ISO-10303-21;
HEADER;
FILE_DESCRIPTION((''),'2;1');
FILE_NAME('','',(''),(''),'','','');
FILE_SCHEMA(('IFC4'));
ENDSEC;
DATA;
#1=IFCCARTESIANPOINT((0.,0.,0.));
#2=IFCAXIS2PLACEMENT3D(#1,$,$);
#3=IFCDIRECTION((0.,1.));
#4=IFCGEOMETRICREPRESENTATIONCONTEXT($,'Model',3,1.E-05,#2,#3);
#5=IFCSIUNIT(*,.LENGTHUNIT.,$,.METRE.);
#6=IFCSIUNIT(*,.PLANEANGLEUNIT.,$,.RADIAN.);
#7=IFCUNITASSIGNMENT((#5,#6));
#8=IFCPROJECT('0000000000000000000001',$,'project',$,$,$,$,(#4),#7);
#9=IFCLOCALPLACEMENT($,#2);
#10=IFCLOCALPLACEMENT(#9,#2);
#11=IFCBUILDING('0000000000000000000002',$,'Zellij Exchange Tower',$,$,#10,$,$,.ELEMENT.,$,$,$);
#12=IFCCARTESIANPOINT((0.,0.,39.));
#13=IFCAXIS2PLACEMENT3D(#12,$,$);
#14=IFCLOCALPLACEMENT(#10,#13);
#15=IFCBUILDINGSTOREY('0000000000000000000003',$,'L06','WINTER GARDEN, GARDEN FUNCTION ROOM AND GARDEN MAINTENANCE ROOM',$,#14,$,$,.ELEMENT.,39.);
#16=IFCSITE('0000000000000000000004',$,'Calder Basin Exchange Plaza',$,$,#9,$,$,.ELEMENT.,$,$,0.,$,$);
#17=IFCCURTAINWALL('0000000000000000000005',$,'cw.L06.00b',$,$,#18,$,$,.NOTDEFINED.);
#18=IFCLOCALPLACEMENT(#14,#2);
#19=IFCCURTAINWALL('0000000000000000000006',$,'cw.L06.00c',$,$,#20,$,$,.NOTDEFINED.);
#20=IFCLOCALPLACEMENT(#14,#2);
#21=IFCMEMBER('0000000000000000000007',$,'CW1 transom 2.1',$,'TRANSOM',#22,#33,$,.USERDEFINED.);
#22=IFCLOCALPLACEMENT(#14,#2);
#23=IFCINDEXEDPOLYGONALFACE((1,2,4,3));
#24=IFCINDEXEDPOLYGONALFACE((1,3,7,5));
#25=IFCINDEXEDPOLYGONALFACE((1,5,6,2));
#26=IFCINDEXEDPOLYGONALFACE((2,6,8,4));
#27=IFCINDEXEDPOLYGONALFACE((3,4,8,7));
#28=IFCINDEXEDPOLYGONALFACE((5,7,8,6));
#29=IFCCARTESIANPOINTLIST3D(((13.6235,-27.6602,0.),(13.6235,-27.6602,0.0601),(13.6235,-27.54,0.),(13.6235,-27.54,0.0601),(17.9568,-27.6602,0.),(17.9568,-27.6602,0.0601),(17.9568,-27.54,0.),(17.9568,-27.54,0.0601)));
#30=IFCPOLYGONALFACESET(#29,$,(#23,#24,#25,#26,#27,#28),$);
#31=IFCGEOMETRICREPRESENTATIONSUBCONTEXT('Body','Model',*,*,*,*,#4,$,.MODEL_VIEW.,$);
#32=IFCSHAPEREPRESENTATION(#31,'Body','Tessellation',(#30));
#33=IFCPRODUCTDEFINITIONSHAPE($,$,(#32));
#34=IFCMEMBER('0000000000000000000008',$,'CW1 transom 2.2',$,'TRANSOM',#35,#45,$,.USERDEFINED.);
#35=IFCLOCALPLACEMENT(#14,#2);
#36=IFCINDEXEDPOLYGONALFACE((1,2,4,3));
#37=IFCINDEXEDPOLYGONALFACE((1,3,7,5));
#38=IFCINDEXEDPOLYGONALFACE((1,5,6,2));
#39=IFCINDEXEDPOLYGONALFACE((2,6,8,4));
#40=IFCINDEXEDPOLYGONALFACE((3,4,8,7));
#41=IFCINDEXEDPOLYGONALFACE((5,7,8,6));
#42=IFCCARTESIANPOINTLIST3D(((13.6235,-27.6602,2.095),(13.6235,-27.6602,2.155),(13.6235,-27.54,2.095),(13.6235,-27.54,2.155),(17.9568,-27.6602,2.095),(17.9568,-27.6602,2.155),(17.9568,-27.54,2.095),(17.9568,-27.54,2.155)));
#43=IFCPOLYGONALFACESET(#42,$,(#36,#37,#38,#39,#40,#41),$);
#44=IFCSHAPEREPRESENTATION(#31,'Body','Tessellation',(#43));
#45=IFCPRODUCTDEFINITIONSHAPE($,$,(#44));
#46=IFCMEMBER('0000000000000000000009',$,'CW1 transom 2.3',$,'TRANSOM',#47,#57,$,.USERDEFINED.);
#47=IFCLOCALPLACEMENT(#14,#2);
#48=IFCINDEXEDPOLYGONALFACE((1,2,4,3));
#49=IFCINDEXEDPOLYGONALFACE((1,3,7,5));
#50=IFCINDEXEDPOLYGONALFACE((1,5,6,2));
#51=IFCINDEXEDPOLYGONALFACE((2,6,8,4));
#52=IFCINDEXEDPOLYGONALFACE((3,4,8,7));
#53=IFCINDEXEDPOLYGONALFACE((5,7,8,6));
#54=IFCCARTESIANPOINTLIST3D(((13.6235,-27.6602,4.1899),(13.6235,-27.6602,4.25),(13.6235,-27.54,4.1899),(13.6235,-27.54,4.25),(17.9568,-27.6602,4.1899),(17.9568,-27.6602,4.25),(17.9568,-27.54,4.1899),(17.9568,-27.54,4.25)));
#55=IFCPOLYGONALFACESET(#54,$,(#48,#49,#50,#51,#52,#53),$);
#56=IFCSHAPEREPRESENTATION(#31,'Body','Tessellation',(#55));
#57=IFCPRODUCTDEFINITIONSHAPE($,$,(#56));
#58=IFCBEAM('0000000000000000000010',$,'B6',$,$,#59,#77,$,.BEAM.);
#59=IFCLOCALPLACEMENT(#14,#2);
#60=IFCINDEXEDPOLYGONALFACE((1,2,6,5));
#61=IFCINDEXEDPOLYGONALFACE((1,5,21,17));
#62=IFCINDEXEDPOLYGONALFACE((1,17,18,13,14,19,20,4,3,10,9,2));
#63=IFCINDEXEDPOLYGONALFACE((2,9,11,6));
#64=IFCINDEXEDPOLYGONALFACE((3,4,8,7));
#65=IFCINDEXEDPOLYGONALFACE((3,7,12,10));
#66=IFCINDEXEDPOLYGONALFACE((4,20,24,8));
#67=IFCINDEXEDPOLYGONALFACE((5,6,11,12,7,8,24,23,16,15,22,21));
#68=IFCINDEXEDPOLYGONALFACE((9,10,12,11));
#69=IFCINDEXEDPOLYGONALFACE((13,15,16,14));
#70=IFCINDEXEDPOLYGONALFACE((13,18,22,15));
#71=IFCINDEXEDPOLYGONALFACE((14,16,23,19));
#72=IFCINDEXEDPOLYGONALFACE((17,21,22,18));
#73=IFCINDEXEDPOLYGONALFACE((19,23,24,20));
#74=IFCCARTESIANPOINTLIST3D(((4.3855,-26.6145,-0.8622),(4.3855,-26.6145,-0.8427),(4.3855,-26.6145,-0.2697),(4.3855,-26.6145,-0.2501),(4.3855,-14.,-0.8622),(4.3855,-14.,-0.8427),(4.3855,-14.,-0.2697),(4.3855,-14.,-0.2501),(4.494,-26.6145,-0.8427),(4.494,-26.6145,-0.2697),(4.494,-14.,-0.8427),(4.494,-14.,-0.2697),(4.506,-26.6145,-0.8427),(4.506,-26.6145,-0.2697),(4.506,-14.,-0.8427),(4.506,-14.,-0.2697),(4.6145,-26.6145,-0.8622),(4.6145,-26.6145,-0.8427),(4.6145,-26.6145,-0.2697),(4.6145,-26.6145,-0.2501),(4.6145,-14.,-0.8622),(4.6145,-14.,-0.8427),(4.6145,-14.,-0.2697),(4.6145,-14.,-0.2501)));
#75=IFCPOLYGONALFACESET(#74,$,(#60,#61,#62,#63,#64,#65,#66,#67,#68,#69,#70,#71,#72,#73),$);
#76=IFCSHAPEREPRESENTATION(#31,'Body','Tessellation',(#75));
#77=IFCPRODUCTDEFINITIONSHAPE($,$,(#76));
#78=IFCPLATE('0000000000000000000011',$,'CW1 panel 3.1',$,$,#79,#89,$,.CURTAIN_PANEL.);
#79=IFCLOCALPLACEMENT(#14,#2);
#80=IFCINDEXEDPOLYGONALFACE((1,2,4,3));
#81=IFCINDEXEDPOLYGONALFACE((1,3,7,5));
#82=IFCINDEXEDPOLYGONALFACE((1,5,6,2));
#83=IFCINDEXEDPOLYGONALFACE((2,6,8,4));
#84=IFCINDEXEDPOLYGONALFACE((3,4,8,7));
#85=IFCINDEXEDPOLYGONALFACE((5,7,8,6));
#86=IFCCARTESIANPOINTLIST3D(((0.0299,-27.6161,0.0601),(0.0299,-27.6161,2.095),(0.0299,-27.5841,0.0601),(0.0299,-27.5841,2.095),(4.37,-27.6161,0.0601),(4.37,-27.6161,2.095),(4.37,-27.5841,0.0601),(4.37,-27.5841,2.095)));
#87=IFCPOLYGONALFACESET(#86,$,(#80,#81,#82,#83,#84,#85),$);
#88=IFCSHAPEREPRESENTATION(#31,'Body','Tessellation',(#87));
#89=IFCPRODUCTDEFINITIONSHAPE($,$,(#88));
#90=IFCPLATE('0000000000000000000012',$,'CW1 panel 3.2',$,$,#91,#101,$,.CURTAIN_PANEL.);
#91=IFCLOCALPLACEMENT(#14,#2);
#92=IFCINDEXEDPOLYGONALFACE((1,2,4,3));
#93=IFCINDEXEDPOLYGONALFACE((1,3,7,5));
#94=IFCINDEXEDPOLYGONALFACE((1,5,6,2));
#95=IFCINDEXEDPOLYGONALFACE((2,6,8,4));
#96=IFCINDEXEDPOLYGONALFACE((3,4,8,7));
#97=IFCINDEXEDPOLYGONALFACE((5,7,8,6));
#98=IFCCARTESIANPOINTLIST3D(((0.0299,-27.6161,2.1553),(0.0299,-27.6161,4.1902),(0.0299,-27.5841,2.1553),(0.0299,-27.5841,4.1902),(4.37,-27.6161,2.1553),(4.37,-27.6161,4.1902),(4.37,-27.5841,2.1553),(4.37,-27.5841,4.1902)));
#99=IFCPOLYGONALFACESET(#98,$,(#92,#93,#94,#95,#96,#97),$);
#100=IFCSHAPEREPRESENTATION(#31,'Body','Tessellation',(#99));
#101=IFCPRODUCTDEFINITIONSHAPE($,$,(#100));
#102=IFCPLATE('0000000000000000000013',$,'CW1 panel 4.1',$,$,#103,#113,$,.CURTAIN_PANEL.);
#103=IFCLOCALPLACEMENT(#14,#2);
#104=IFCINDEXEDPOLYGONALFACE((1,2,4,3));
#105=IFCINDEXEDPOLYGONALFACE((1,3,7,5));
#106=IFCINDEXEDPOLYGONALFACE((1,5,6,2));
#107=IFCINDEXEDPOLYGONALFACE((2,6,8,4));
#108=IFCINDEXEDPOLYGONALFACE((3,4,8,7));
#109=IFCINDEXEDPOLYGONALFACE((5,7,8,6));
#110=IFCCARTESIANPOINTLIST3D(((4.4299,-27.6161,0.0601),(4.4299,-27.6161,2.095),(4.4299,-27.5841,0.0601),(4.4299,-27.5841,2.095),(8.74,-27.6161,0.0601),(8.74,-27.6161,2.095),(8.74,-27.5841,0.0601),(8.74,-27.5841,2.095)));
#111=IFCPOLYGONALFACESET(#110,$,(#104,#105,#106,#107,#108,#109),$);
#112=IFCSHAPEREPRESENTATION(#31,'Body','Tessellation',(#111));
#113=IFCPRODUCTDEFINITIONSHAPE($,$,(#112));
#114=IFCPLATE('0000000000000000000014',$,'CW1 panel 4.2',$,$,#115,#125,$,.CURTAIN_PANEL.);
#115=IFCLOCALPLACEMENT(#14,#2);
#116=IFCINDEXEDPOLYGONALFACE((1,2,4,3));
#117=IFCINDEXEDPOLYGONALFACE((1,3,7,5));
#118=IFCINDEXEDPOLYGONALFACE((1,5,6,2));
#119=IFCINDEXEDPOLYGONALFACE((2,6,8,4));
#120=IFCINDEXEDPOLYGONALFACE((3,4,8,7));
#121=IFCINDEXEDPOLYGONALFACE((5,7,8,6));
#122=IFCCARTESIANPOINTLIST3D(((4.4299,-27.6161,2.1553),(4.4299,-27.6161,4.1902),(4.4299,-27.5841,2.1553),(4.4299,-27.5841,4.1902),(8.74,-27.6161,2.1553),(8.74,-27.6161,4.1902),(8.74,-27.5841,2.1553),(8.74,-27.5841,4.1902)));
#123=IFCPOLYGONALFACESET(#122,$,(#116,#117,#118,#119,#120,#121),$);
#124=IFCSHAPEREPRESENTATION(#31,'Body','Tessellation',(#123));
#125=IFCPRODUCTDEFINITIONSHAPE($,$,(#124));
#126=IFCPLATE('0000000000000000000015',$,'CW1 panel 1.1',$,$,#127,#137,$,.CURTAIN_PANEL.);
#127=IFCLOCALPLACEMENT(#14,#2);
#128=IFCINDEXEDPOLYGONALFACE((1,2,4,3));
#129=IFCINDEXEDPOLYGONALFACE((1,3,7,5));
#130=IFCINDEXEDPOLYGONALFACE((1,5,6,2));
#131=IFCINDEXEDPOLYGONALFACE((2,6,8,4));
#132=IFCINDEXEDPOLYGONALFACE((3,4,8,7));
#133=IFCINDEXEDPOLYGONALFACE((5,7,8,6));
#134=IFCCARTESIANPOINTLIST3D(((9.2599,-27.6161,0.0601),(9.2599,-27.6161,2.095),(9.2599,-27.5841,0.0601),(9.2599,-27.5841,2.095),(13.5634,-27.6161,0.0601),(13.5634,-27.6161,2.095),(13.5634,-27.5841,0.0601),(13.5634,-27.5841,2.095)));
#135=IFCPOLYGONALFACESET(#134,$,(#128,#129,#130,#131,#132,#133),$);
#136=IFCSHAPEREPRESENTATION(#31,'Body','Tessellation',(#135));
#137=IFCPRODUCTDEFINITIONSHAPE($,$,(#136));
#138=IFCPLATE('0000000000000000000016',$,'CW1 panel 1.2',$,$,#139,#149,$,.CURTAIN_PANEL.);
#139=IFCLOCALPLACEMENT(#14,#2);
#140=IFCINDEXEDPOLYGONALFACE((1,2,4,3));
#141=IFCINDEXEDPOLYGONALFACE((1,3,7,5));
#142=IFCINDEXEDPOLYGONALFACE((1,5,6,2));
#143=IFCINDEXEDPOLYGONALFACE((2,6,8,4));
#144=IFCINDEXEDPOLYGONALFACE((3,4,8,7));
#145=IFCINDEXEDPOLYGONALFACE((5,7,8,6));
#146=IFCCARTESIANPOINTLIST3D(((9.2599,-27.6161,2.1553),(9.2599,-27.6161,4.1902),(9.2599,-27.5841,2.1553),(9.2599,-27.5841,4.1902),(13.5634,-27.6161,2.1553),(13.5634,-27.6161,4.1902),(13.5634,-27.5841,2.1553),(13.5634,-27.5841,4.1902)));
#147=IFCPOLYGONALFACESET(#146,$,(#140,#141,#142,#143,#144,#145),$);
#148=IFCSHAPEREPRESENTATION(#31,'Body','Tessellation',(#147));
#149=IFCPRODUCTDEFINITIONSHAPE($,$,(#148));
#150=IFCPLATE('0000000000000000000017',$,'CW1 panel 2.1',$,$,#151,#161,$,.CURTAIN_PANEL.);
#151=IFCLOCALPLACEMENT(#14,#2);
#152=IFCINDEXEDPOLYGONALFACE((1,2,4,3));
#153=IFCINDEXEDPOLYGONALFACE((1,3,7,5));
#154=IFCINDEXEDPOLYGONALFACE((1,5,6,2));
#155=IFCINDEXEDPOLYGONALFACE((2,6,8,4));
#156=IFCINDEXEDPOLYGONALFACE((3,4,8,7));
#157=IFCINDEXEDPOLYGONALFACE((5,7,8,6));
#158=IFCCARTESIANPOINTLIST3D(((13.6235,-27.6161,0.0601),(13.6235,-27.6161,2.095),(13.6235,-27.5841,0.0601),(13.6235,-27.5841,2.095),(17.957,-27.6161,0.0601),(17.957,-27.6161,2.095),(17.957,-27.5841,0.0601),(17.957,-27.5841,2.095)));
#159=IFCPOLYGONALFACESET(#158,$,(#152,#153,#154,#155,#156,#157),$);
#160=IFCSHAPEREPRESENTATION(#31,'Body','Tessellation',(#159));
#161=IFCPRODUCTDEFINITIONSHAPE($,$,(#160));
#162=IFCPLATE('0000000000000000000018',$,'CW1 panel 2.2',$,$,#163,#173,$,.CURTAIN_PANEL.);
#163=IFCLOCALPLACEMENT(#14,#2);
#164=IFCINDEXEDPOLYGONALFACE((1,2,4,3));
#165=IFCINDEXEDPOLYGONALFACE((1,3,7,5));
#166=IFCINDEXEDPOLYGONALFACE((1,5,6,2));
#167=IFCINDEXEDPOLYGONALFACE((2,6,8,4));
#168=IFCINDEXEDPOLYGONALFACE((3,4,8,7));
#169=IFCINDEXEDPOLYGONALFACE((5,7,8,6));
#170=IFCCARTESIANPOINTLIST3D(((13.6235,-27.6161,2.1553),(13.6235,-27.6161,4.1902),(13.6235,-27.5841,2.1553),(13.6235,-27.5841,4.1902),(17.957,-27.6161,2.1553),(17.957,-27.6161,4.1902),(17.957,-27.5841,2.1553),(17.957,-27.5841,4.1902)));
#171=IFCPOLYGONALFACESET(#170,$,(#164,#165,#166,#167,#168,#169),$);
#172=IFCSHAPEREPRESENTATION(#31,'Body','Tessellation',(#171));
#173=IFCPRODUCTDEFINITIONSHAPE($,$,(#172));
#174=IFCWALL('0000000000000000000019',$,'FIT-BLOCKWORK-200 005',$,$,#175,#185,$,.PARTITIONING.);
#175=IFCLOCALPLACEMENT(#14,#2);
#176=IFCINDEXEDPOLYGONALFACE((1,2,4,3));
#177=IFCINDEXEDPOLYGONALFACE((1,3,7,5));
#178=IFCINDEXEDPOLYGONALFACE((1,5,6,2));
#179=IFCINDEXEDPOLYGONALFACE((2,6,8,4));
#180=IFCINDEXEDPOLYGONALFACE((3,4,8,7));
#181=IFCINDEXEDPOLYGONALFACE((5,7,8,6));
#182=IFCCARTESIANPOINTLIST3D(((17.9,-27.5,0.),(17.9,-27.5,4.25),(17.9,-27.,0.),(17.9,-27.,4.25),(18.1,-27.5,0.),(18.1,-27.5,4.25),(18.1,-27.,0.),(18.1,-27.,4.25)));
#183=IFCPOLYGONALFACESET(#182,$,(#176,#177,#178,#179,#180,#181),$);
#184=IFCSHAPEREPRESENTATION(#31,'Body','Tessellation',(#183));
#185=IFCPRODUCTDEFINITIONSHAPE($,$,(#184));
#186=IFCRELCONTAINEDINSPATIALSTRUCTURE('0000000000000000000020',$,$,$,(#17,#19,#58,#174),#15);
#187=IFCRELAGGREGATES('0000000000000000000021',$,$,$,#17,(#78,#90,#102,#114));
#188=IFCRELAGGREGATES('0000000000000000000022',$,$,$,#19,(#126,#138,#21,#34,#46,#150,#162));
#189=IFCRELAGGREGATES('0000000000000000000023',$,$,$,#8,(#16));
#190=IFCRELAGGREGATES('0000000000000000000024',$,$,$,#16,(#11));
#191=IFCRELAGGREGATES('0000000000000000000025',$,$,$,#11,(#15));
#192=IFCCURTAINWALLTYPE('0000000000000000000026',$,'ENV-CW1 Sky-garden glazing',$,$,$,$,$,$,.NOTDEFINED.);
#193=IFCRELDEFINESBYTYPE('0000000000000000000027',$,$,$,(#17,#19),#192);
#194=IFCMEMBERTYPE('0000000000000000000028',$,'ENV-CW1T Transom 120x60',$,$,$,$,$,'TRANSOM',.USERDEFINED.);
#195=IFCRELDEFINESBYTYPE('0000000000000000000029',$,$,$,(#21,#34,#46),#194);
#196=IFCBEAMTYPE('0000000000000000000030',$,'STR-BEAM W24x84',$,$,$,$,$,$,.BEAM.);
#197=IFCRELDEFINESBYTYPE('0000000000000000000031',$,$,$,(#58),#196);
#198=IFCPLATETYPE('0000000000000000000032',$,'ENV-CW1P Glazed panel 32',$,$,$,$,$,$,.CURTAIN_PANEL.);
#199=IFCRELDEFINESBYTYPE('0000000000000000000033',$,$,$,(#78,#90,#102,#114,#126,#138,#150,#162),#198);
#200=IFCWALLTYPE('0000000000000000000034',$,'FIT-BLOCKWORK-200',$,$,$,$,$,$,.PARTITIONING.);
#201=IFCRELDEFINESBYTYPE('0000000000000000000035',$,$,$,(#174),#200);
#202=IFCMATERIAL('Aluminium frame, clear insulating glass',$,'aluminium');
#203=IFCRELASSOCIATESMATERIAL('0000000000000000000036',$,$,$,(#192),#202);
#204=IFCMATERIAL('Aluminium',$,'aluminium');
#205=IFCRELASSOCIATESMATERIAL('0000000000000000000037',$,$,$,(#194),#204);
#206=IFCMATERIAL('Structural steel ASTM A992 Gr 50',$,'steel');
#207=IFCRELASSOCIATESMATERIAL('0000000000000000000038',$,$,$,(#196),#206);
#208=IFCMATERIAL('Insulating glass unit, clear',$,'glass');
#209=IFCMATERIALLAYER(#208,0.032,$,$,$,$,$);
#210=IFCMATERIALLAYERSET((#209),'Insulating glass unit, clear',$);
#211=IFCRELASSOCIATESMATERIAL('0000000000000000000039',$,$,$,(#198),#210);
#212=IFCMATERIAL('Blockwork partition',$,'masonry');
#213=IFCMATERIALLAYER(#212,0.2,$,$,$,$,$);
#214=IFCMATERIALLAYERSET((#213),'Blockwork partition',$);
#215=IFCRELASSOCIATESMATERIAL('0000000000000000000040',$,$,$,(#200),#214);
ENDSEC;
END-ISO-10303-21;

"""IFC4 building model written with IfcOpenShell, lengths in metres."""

from ifc_helpers import new_model, si_unit, direction, frame, frame_2d, origin, origin_2d, place, context, subcontext, project, spatial, rectangle, i_section, extrude, material, layer, layer_set, material_profile, profile_set, type_object, element, aggregate, save


model = new_model("IFC4")

# Units and contexts
model_context = context("Model", 3, precision=1e-05, world=origin(), true_north=direction((0.0, 1.0)))
body_context = subcontext(model_context, "Body", "Model", "MODEL_VIEW")
ifc_project = project(units=[si_unit("LENGTHUNIT", "METRE"), si_unit("PLANEANGLEUNIT", "RADIAN")], contexts=[model_context])

# Site, building, storey
site_placement = place(None, origin())
site = spatial("IfcSite", under=ifc_project, at=site_placement, Name="Calder Basin Exchange Plaza", CompositionType="ELEMENT", RefElevation=0.0)
building_placement = place(site_placement, origin())
building = spatial("IfcBuilding", under=site, at=building_placement, Name="Zellij Exchange Tower", CompositionType="ELEMENT")
storey_placement = place(building_placement, frame((0.0, 0.0, 39.0)))
storey = spatial("IfcBuildingStorey", under=building, at=storey_placement, Name="L06", Description="WINTER GARDEN, GARDEN FUNCTION ROOM AND GARDEN MAINTENANCE ROOM", CompositionType="ELEMENT", Elevation=39.0)

# Curtain walls
ifc_material_1 = material(Name="Aluminium frame, clear insulating glass", Category="aluminium")
curtain_wall_type = type_object("IfcCurtainWallType", Name="ENV-CW1 Sky-garden glazing", PredefinedType="NOTDEFINED", material=ifc_material_1)
curtain_wall_1_placement = place(storey_placement, origin())
curtain_wall_1 = element("IfcCurtainWall", 1, at=curtain_wall_1_placement, inside=storey, type_object=curtain_wall_type, Name="cw.L06.00b", PredefinedType="NOTDEFINED")
ifc_material_2 = material(Name="Aluminium", Category="aluminium")
curtain_wall_2_placement = place(storey_placement, origin())
curtain_wall_2 = element("IfcCurtainWall", 2, at=curtain_wall_2_placement, inside=storey, type_object=curtain_wall_type, Name="cw.L06.00c", PredefinedType="NOTDEFINED")

# Members
ifc_material_profile_1 = material_profile(ifc_material_2, rectangle(XDim=0.1201, YDim=0.0601, at=origin_2d()), Name="AL 120x60")
ifc_profile_set_1 = profile_set([ifc_material_profile_1], Name="Aluminium")
member_type_1 = type_object("IfcMemberType", Name="ENV-CW1T Transom 120x60", ElementType="TRANSOM", PredefinedType="USERDEFINED", material=ifc_profile_set_1)
member_1_placement = place(storey_placement, frame((13.6235, -27.6001, 0.03), z_axis=(1.0, 0.0, 0.0), x_axis=(0.0, 1.0, 0.0)))
member_1 = element("IfcMember", 3, at=member_1_placement, type_object=member_type_1, Name="CW1 transom 2.1", ObjectType="TRANSOM", PredefinedType="USERDEFINED", context=body_context, shape_type="SweptSolid", body=[
    extrude(rectangle(XDim=0.1201, YDim=0.0601, at=origin_2d()), origin(), (0.0, 0.0, 1.0), 4.3333),
])
member_2_placement = place(storey_placement, frame((13.6235, -27.6001, 2.125), z_axis=(1.0, 0.0, 0.0), x_axis=(0.0, 1.0, 0.0)))
member_2 = element("IfcMember", 4, at=member_2_placement, type_object=member_type_1, Name="CW1 transom 2.2", ObjectType="TRANSOM", PredefinedType="USERDEFINED", context=body_context, shape_type="SweptSolid", body=[
    extrude(rectangle(XDim=0.1201, YDim=0.0601, at=origin_2d()), origin(), (0.0, 0.0, 1.0), 4.3333),
])
member_3_placement = place(storey_placement, frame((13.6235, -27.6001, 4.22), z_axis=(1.0, 0.0, 0.0), x_axis=(0.0, 1.0, 0.0)))
member_3 = element("IfcMember", 5, at=member_3_placement, type_object=member_type_1, Name="CW1 transom 2.3", ObjectType="TRANSOM", PredefinedType="USERDEFINED", context=body_context, shape_type="SweptSolid", body=[
    extrude(rectangle(XDim=0.1201, YDim=0.0601, at=origin_2d()), origin(), (0.0, 0.0, 1.0), 4.3333),
])

# Beam
ifc_material_3 = material(Name="Structural steel ASTM A992 Gr 50", Category="steel")
ifc_material_profile_2 = material_profile(ifc_material_3, i_section(OverallWidth=0.229, OverallDepth=0.6121, WebThickness=0.012, FlangeThickness=0.0195, at=origin_2d()), Name="W24x84")
ifc_profile_set_2 = profile_set([ifc_material_profile_2], Name="Structural steel ASTM A992 Gr 50")
beam_type = type_object("IfcBeamType", Name="STR-BEAM W24x84", PredefinedType="BEAM", material=ifc_profile_set_2)
beam_placement = place(storey_placement, frame((4.5, -26.6145, -0.5562), z_axis=(0.0, 1.0, 0.0), x_axis=(-1.0, 0.0, 0.0)))
element("IfcBeam", 6, at=beam_placement, inside=storey, type_object=beam_type, Name="B6", PredefinedType="BEAM", context=body_context, shape_type="SweptSolid", body=[
    extrude(i_section(OverallWidth=0.229, OverallDepth=0.6121, WebThickness=0.012, FlangeThickness=0.0195, at=origin_2d()), origin(), (0.0, 0.0, 1.0), 12.6145),
])

# Plates
ifc_material_4 = material(Name="Insulating glass unit, clear", Category="glass")
ifc_layer_1 = layer(ifc_material_4, 0.032)
ifc_layer_set_1 = layer_set([ifc_layer_1], Name="Insulating glass unit, clear")
plate_type = type_object("IfcPlateType", Name="ENV-CW1P Glazed panel 32", PredefinedType="CURTAIN_PANEL", material=ifc_layer_set_1)
plate_1_placement = place(storey_placement, frame((2.2, -27.6001, 0.0601), z_axis=(0.0, 0.0, 1.0), x_axis=(1.0, 0.0, 0.0)))
plate_1 = element("IfcPlate", 7, at=plate_1_placement, type_object=plate_type, Name="CW1 panel 3.1", PredefinedType="CURTAIN_PANEL", context=body_context, shape_type="SweptSolid", body=[
    extrude(rectangle(XDim=4.3401, YDim=0.032, at=origin_2d()), origin(), (0.0, 0.0, 1.0), 2.0349),
])
plate_2_placement = place(storey_placement, frame((2.2, -27.6001, 2.1553), z_axis=(0.0, 0.0, 1.0), x_axis=(1.0, 0.0, 0.0)))
plate_2 = element("IfcPlate", 8, at=plate_2_placement, type_object=plate_type, Name="CW1 panel 3.2", PredefinedType="CURTAIN_PANEL", context=body_context, shape_type="SweptSolid", body=[
    extrude(rectangle(XDim=4.3401, YDim=0.032, at=origin_2d()), origin(), (0.0, 0.0, 1.0), 2.0349),
])
plate_3_placement = place(storey_placement, frame((6.585, -27.6001, 0.0601), z_axis=(0.0, 0.0, 1.0), x_axis=(1.0, 0.0, 0.0)))
plate_3 = element("IfcPlate", 9, at=plate_3_placement, type_object=plate_type, Name="CW1 panel 4.1", PredefinedType="CURTAIN_PANEL", context=body_context, shape_type="SweptSolid", body=[
    extrude(rectangle(XDim=4.3101, YDim=0.032, at=origin_2d()), origin(), (0.0, 0.0, 1.0), 2.0349),
])
plate_4_placement = place(storey_placement, frame((6.585, -27.6001, 2.1553), z_axis=(0.0, 0.0, 1.0), x_axis=(1.0, 0.0, 0.0)))
plate_4 = element("IfcPlate", 10, at=plate_4_placement, type_object=plate_type, Name="CW1 panel 4.2", PredefinedType="CURTAIN_PANEL", context=body_context, shape_type="SweptSolid", body=[
    extrude(rectangle(XDim=4.3101, YDim=0.032, at=origin_2d()), origin(), (0.0, 0.0, 1.0), 2.0349),
])
aggregate(curtain_wall_1, [plate_1, plate_2, plate_3, plate_4])
plate_5_placement = place(storey_placement, frame((11.4116, -27.6001, 0.0601), z_axis=(0.0, 0.0, 1.0), x_axis=(1.0, 0.0, 0.0)))
plate_5 = element("IfcPlate", 11, at=plate_5_placement, type_object=plate_type, Name="CW1 panel 1.1", PredefinedType="CURTAIN_PANEL", context=body_context, shape_type="SweptSolid", body=[
    extrude(rectangle(XDim=4.3035, YDim=0.032, at=origin_2d()), origin(), (0.0, 0.0, 1.0), 2.0349),
])
plate_6_placement = place(storey_placement, frame((11.4116, -27.6001, 2.1553), z_axis=(0.0, 0.0, 1.0), x_axis=(1.0, 0.0, 0.0)))
plate_6 = element("IfcPlate", 12, at=plate_6_placement, type_object=plate_type, Name="CW1 panel 1.2", PredefinedType="CURTAIN_PANEL", context=body_context, shape_type="SweptSolid", body=[
    extrude(rectangle(XDim=4.3035, YDim=0.032, at=origin_2d()), origin(), (0.0, 0.0, 1.0), 2.0349),
])
plate_7_placement = place(storey_placement, frame((15.7903, -27.6001, 0.0601), z_axis=(0.0, 0.0, 1.0), x_axis=(1.0, 0.0, 0.0)))
plate_7 = element("IfcPlate", 13, at=plate_7_placement, type_object=plate_type, Name="CW1 panel 2.1", PredefinedType="CURTAIN_PANEL", context=body_context, shape_type="SweptSolid", body=[
    extrude(rectangle(XDim=4.3335, YDim=0.032, at=origin_2d()), origin(), (0.0, 0.0, 1.0), 2.0349),
])
plate_8_placement = place(storey_placement, frame((15.7903, -27.6001, 2.1553), z_axis=(0.0, 0.0, 1.0), x_axis=(1.0, 0.0, 0.0)))
plate_8 = element("IfcPlate", 14, at=plate_8_placement, type_object=plate_type, Name="CW1 panel 2.2", PredefinedType="CURTAIN_PANEL", context=body_context, shape_type="SweptSolid", body=[
    extrude(rectangle(XDim=4.3335, YDim=0.032, at=origin_2d()), origin(), (0.0, 0.0, 1.0), 2.0349),
])
aggregate(curtain_wall_2, [plate_5, plate_6, member_1, member_2, member_3, plate_7, plate_8])

# Wall
ifc_material_5 = material(Name="Blockwork partition", Category="masonry")
ifc_layer_2 = layer(ifc_material_5, 0.2)
ifc_layer_set_2 = layer_set([ifc_layer_2], Name="Blockwork partition")
wall_type = type_object("IfcWallType", Name="FIT-BLOCKWORK-200", PredefinedType="PARTITIONING", material=ifc_layer_set_2)
wall_placement = place(storey_placement, frame((18.0, -27.5, 0.0), z_axis=(0.0, 0.0, 1.0), x_axis=(0.0, 1.0, 0.0)))
element("IfcWall", 15, at=wall_placement, inside=storey, type_object=wall_type, Name="FIT-BLOCKWORK-200 005", PredefinedType="PARTITIONING", context=body_context, shape_type="SweptSolid", body=[
    extrude(rectangle(XDim=0.5, YDim=0.2, at=frame_2d((0.25, 0.0))), origin(), (0.0, 0.0, 1.0), 4.25),
])

save(model, "model.ifc")
